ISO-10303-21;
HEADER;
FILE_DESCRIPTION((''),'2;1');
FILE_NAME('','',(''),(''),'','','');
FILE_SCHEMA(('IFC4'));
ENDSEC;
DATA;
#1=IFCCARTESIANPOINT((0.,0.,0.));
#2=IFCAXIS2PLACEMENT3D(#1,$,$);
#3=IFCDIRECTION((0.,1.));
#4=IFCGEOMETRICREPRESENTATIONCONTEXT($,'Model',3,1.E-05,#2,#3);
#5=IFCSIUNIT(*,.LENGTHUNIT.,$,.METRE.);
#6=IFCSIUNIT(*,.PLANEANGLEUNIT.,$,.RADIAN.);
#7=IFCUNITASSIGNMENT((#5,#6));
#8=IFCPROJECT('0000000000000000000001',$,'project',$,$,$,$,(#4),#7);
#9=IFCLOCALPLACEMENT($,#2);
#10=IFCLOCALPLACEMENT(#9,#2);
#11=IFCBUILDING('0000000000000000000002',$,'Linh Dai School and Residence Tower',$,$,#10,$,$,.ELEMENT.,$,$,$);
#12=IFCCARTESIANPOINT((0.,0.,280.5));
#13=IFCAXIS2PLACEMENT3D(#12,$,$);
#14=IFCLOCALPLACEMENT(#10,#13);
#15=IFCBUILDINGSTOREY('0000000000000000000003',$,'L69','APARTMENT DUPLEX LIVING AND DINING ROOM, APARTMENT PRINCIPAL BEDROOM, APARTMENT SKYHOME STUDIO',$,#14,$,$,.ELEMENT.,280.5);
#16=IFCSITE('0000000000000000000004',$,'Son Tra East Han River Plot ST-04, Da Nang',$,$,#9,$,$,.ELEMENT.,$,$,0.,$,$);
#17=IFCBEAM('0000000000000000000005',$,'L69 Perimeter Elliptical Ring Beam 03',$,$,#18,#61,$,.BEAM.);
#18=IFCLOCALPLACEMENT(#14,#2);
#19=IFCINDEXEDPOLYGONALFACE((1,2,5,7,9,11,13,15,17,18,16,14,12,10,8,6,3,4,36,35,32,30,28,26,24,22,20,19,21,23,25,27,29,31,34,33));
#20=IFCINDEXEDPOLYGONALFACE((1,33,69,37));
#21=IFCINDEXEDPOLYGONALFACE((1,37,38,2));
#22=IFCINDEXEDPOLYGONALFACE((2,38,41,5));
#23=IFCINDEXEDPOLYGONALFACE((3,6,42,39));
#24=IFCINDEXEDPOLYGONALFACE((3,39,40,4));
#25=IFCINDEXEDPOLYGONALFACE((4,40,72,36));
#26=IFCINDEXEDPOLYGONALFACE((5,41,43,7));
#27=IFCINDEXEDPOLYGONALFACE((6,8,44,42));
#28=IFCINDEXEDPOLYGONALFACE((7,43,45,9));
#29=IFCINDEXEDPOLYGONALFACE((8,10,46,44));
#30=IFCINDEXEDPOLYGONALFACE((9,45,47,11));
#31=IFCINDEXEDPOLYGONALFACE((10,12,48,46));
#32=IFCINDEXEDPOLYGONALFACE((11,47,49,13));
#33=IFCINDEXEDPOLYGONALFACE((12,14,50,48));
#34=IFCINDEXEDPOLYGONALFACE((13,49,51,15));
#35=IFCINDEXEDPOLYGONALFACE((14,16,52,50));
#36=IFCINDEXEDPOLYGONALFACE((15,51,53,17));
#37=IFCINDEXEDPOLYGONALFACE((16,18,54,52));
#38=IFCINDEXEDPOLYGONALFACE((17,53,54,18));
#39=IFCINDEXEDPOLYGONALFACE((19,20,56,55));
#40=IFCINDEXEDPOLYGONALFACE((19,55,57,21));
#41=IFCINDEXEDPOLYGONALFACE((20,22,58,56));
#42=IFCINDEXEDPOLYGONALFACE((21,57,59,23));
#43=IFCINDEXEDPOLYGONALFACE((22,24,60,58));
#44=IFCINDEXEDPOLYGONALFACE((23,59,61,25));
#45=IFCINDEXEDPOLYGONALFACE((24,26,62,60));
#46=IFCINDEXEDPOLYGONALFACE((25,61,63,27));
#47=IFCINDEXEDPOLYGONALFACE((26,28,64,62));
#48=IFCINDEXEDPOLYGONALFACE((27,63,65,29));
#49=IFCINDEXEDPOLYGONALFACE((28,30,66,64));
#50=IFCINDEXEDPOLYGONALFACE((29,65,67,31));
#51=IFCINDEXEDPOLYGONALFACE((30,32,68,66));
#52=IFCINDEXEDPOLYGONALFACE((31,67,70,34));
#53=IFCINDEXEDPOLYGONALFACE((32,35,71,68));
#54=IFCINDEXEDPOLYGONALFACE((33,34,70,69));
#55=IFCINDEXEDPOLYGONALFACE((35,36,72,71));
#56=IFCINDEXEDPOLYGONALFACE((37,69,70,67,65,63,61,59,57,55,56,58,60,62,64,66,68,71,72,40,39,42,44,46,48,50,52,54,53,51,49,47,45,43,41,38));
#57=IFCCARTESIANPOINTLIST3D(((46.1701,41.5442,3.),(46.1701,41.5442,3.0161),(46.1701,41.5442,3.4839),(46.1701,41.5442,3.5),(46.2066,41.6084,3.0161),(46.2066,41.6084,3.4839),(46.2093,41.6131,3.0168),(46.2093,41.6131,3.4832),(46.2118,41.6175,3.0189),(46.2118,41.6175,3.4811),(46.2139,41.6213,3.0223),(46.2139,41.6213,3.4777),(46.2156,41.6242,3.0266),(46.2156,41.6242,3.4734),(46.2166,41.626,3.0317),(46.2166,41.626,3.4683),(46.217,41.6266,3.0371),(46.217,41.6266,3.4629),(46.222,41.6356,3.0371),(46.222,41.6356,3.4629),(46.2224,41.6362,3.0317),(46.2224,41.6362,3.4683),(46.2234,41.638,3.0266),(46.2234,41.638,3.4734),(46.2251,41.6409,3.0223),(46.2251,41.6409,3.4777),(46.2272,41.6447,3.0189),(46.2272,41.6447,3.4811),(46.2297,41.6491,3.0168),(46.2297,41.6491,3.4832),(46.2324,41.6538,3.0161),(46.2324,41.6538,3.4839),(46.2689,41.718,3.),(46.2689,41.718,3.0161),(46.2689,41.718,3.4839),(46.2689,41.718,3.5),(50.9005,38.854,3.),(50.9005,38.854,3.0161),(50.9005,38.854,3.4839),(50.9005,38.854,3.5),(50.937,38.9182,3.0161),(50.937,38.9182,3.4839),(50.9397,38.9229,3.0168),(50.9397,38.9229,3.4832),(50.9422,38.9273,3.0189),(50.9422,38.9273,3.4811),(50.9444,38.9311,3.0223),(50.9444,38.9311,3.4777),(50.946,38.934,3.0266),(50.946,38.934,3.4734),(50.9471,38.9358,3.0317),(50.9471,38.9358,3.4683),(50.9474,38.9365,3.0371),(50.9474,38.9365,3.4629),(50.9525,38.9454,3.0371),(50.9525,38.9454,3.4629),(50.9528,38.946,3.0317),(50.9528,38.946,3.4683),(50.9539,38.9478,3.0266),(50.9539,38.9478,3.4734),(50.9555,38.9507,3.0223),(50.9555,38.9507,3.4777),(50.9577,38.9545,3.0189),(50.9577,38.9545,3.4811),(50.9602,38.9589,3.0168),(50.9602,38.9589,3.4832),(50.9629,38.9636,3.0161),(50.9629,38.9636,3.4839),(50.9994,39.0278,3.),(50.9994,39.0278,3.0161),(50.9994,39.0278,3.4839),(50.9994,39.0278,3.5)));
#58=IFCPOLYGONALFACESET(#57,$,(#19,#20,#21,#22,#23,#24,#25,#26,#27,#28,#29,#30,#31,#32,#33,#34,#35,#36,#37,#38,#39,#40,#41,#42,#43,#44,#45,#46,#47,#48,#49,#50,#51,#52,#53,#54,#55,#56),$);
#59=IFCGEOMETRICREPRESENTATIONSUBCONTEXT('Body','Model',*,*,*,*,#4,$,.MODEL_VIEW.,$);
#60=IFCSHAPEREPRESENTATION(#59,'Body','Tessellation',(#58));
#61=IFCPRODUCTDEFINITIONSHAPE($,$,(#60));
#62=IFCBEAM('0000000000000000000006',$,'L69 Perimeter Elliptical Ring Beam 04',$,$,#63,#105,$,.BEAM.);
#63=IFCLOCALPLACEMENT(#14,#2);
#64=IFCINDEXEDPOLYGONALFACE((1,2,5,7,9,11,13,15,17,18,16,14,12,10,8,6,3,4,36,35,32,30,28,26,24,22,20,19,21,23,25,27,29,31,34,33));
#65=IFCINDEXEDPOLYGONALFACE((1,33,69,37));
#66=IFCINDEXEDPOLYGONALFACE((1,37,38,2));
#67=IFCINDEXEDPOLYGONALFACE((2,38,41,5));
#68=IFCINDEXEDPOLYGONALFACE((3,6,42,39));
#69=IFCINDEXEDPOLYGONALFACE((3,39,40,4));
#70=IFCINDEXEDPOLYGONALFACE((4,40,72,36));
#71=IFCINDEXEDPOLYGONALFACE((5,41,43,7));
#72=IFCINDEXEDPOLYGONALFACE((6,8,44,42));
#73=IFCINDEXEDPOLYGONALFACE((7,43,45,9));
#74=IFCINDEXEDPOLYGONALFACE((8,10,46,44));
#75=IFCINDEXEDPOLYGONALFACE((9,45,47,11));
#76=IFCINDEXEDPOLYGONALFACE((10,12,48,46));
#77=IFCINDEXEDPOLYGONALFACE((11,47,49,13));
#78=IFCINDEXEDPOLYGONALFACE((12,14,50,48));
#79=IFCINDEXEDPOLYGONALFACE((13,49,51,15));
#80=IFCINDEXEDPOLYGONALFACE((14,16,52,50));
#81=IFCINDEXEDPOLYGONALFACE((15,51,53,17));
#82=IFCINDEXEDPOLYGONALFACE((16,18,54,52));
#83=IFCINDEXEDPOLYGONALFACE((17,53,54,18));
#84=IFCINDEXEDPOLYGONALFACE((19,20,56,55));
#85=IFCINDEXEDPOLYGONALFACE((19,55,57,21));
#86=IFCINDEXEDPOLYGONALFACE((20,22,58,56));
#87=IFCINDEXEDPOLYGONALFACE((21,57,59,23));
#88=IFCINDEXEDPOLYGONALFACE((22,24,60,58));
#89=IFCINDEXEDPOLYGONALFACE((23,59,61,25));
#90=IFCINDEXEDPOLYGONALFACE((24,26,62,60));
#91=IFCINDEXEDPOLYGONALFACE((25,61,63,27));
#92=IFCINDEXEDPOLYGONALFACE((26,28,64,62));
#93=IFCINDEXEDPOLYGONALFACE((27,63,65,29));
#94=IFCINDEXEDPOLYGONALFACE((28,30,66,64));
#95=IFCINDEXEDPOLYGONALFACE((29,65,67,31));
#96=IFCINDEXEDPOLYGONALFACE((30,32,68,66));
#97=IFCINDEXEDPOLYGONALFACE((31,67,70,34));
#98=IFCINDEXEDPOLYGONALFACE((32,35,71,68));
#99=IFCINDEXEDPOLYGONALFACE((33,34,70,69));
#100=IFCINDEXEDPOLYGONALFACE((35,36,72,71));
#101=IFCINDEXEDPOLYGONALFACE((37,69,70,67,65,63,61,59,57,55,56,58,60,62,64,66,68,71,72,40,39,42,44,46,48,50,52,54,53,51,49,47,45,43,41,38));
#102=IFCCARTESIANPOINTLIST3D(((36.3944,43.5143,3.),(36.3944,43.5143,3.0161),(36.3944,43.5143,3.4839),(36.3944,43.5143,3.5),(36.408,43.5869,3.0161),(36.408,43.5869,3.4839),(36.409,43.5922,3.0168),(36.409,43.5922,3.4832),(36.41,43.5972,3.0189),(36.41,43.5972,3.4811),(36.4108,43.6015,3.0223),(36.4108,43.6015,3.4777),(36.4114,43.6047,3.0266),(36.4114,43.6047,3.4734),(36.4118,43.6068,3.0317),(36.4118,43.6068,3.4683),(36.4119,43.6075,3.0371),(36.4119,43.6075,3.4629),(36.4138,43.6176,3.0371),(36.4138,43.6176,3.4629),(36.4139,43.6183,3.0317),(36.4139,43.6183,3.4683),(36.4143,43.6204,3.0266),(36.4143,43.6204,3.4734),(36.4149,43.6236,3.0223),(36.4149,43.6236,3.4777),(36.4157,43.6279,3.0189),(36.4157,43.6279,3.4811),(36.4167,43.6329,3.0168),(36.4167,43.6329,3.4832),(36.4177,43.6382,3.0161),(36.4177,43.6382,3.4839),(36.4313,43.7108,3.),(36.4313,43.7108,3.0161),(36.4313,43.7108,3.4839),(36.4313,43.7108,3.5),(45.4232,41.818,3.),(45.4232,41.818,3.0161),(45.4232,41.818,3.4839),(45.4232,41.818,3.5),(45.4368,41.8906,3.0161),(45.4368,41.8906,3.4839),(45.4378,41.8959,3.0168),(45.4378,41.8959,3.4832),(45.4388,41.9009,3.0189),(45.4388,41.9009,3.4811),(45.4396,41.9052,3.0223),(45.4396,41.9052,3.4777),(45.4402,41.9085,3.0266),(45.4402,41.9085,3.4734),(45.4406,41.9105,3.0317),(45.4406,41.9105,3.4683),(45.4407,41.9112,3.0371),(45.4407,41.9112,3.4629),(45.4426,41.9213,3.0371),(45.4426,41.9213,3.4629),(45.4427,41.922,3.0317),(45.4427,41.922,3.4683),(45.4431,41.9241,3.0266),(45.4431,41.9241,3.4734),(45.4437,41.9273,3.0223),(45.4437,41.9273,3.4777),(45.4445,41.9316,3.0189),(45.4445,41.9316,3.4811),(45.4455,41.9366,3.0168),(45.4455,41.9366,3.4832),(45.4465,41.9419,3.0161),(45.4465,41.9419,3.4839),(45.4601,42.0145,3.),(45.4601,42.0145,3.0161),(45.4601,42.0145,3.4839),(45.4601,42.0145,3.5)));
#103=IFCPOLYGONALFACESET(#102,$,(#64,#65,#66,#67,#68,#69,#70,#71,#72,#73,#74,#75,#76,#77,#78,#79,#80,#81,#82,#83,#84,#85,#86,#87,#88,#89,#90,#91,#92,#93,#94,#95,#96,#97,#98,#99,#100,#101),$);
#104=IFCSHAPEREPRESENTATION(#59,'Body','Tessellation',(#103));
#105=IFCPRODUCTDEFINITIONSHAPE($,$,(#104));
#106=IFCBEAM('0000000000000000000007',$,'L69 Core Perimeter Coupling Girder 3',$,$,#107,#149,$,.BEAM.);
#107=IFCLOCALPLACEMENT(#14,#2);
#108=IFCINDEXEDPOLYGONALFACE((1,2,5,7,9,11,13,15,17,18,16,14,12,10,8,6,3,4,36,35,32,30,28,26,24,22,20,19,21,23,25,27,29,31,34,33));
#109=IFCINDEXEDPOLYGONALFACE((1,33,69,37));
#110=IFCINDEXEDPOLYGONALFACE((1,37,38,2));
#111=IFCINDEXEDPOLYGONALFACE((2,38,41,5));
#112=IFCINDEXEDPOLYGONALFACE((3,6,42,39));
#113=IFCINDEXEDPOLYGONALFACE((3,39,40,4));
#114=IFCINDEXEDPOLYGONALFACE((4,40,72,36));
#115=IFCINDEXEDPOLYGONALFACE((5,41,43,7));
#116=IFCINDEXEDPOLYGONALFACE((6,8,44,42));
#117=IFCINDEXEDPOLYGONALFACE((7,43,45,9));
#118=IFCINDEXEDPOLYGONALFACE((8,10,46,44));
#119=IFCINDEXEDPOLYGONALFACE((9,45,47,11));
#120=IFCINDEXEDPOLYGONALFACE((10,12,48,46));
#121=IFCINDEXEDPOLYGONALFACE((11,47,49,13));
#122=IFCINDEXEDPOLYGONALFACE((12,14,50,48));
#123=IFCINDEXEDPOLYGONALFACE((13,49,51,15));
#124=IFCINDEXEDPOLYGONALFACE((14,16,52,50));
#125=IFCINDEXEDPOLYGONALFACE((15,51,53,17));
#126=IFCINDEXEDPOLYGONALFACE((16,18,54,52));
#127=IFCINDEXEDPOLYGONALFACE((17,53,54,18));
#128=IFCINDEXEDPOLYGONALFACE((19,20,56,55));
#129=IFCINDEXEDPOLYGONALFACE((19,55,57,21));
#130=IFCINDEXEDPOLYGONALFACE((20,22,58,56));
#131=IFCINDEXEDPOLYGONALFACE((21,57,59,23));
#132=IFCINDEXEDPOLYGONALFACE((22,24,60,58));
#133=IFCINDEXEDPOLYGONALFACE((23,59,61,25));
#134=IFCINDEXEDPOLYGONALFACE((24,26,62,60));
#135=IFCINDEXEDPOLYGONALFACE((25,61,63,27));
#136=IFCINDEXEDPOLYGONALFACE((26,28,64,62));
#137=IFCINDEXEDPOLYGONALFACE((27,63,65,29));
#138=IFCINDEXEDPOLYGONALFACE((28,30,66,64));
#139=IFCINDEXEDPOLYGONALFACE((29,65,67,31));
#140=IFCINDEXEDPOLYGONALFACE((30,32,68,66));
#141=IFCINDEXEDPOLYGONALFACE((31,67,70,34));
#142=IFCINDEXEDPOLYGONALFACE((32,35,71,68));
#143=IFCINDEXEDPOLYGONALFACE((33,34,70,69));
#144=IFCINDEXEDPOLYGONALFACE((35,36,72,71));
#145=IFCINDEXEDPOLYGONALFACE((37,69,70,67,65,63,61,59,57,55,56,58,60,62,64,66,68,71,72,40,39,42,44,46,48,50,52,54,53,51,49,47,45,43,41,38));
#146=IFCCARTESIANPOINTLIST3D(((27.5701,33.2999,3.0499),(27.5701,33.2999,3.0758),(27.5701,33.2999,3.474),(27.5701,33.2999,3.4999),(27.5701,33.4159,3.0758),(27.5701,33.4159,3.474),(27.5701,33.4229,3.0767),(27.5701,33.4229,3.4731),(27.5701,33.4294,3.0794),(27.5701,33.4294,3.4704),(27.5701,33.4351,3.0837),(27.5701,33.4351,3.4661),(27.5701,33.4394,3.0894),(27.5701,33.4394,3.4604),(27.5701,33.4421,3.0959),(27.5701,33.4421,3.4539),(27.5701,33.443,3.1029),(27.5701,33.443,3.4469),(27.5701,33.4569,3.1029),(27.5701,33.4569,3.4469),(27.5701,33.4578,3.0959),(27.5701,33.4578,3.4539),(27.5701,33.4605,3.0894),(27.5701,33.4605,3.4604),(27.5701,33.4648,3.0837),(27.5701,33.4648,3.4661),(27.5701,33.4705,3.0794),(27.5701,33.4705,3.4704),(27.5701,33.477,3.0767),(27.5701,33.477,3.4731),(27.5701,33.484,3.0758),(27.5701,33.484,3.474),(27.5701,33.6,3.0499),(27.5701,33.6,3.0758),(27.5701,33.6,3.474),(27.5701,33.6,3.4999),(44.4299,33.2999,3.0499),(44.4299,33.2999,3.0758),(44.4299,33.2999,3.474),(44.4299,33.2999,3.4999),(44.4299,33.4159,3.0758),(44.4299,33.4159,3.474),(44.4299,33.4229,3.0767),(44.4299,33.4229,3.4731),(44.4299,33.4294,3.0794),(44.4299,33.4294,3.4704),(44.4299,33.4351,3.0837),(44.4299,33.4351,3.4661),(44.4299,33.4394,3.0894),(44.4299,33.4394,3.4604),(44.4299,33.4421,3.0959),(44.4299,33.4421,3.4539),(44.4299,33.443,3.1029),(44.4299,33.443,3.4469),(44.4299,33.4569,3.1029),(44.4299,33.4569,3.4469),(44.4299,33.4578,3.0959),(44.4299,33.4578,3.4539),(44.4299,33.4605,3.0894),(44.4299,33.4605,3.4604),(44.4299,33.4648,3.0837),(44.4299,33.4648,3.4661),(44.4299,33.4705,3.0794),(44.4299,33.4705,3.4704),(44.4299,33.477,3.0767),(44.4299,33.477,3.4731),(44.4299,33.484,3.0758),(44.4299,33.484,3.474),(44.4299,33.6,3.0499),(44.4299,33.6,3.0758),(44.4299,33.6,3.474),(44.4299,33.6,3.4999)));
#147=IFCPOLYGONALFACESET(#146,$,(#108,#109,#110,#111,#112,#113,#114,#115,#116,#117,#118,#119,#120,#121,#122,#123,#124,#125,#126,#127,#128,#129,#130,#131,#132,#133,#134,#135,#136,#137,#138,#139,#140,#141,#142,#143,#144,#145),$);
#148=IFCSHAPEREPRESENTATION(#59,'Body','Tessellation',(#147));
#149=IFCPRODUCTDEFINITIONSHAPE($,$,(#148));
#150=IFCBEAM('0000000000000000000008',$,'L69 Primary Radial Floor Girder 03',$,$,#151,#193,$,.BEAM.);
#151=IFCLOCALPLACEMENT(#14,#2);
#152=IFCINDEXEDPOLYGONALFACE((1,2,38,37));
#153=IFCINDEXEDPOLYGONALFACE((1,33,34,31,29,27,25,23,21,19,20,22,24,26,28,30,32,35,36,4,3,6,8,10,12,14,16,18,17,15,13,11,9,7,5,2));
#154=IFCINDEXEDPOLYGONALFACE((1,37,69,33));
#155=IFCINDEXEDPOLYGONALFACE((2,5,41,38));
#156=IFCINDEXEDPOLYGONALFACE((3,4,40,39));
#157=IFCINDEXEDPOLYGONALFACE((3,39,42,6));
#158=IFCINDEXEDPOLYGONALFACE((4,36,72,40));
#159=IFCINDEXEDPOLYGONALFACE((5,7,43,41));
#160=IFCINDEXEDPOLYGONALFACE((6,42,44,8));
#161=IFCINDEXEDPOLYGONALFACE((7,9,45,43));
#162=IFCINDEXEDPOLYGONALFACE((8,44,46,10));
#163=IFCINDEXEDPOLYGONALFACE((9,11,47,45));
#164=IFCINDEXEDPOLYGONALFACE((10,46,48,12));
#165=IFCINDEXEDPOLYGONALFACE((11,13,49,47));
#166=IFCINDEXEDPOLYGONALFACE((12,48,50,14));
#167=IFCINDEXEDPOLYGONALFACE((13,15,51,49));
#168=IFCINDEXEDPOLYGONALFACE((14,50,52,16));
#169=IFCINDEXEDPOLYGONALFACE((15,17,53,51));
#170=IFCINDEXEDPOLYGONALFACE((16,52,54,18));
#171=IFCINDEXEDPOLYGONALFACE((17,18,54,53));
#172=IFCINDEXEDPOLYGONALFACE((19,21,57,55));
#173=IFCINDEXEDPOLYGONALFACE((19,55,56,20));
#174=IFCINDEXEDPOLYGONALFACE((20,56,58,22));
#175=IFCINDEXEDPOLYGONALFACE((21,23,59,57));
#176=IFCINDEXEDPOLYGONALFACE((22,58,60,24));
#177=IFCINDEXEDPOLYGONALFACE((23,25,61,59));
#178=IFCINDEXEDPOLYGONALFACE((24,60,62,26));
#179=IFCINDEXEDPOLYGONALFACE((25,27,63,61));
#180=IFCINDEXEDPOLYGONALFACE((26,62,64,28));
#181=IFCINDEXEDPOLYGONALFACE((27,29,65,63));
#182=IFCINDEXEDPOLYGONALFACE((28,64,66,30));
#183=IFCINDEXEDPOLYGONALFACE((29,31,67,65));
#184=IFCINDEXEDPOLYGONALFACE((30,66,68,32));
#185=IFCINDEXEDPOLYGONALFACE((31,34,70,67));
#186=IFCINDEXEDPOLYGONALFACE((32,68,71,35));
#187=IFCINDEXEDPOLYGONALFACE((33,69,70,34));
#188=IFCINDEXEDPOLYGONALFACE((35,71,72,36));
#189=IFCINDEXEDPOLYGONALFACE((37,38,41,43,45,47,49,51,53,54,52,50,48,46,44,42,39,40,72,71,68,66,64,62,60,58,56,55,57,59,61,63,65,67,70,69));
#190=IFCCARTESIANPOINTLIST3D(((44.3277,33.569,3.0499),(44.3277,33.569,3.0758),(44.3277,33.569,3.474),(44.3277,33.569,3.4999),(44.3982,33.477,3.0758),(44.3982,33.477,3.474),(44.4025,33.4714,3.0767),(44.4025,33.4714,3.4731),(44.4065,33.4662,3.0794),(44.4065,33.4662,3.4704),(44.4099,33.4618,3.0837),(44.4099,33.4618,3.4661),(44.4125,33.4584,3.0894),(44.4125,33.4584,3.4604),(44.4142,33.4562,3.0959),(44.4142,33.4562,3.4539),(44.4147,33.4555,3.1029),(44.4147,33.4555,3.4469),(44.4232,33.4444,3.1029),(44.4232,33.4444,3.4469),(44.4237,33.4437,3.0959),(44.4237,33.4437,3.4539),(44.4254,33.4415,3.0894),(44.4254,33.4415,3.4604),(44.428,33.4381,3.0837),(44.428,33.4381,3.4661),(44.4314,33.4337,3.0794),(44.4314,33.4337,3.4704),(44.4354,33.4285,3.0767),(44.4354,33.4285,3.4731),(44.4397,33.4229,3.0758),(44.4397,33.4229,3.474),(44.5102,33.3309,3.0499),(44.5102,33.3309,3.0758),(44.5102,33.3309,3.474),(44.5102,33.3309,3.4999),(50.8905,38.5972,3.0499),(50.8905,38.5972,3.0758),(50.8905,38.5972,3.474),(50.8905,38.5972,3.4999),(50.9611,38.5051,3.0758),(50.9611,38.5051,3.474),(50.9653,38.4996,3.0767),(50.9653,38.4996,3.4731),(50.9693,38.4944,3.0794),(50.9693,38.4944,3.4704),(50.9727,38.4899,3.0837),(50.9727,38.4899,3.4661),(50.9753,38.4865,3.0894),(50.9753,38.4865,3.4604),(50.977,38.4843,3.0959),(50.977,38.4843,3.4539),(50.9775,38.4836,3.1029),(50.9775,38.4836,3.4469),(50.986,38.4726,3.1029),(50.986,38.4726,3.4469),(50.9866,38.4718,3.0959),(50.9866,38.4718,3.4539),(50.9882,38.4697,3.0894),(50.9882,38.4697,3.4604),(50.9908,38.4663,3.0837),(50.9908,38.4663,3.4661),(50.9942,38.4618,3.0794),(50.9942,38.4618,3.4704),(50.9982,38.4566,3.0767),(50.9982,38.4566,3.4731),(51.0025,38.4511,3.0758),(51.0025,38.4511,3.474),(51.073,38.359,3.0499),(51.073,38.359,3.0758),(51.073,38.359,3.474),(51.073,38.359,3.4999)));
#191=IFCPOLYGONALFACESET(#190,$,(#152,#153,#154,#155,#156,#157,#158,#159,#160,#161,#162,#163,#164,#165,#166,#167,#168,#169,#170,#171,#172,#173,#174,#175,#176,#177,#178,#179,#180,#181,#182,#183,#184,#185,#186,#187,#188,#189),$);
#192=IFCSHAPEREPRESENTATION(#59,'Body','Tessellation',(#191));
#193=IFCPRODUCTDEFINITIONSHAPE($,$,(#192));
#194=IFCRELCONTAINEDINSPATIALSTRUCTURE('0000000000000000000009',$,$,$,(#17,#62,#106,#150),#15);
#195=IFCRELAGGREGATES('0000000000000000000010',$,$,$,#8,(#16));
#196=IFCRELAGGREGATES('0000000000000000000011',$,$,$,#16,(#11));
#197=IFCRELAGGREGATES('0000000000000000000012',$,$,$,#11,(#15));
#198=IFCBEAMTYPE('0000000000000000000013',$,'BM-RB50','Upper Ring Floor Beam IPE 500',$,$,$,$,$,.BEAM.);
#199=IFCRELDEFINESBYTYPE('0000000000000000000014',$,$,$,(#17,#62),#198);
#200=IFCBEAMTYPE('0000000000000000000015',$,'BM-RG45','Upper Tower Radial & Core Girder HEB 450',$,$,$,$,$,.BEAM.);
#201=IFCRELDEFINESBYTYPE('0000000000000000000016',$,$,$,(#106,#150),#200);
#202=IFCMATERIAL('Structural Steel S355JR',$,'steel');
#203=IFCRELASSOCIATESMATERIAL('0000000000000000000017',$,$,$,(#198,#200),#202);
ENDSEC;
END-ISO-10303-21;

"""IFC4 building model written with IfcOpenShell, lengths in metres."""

from ifc_helpers import new_model, si_unit, direction, frame, origin, origin_2d, place, context, subcontext, project, spatial, i_section, extrude, material, material_profile, profile_set, type_object, element, save


model = new_model("IFC4")

# Units and contexts
model_context = context("Model", 3, precision=1e-05, world=origin(), true_north=direction((0.0, 1.0)))
body_context = subcontext(model_context, "Body", "Model", "MODEL_VIEW")
ifc_project = project(units=[si_unit("LENGTHUNIT", "METRE"), si_unit("PLANEANGLEUNIT", "RADIAN")], contexts=[model_context])

# Site, building, storey
site_placement = place(None, origin())
site = spatial("IfcSite", under=ifc_project, at=site_placement, Name="Son Tra East Han River Plot ST-04, Da Nang", CompositionType="ELEMENT", RefElevation=0.0)
building_placement = place(site_placement, origin())
building = spatial("IfcBuilding", under=site, at=building_placement, Name="Linh Dai School and Residence Tower", CompositionType="ELEMENT")
storey_placement = place(building_placement, frame((0.0, 0.0, 280.5)))
storey = spatial("IfcBuildingStorey", under=building, at=storey_placement, Name="L69", Description="APARTMENT DUPLEX LIVING AND DINING ROOM, APARTMENT PRINCIPAL BEDROOM, APARTMENT SKYHOME STUDIO", CompositionType="ELEMENT", Elevation=280.5)

# Shared definitions
ifc_material_1 = material(Name="Structural Steel S355JR", Category="steel")

# Beams
ifc_material_profile_1 = material_profile(ifc_material_1, i_section(OverallWidth=0.2, OverallDepth=0.5, WebThickness=0.0103, FlangeThickness=0.0161, FilletRadius=0.021, at=origin_2d()), Name="IPE 500")
ifc_profile_set_1 = profile_set([ifc_material_profile_1], Name="Structural Steel S355JR")
beam_type_1 = type_object("IfcBeamType", Name="BM-RB50", Description="Upper Ring Floor Beam IPE 500", PredefinedType="BEAM", material=ifc_profile_set_1)
beam_1_placement = place(storey_placement, frame((50.95, 38.9409, 3.25), z_axis=(-0.869266, 0.494345, 0.0), x_axis=(-0.494345, -0.869266, 0.0)))
element("IfcBeam", 1, at=beam_1_placement, inside=storey, type_object=beam_type_1, Name="L69 Perimeter Elliptical Ring Beam 03", PredefinedType="BEAM", context=body_context, shape_type="SweptSolid", body=[
    extrude(i_section(OverallWidth=0.2, OverallDepth=0.5, WebThickness=0.0103, FlangeThickness=0.0161, FilletRadius=0.021, at=origin_2d()), origin(), (0.0, 0.0, 1.0), 5.4419),
])
beam_2_placement = place(storey_placement, frame((45.4417, 41.9163, 3.25), z_axis=(-0.982805, 0.184645, 0.0), x_axis=(-0.184645, -0.982805, 0.0)))
element("IfcBeam", 2, at=beam_2_placement, inside=storey, type_object=beam_type_1, Name="L69 Perimeter Elliptical Ring Beam 04", PredefinedType="BEAM", context=body_context, shape_type="SweptSolid", body=[
    extrude(i_section(OverallWidth=0.2, OverallDepth=0.5, WebThickness=0.0103, FlangeThickness=0.0161, FilletRadius=0.021, at=origin_2d()), origin(), (0.0, 0.0, 1.0), 9.1868),
])
ifc_material_profile_2 = material_profile(ifc_material_1, i_section(OverallWidth=0.3, OverallDepth=0.45, WebThickness=0.0139, FlangeThickness=0.0259, FilletRadius=0.0271, at=origin_2d()), Name="HEB 450")
ifc_profile_set_2 = profile_set([ifc_material_profile_2], Name="Structural Steel S355JR")
beam_type_2 = type_object("IfcBeamType", Name="BM-RG45", Description="Upper Tower Radial & Core Girder HEB 450", PredefinedType="BEAM", material=ifc_profile_set_2)
beam_3_placement = place(storey_placement, frame((44.4299, 33.45, 3.2749), z_axis=(-1.0, 0.0, 0.0), x_axis=(0.0, -1.0, 0.0)))
element("IfcBeam", 3, at=beam_3_placement, inside=storey, type_object=beam_type_2, Name="L69 Core Perimeter Coupling Girder 3", PredefinedType="BEAM", context=body_context, shape_type="SweptSolid", body=[
    extrude(i_section(OverallWidth=0.3, OverallDepth=0.45, WebThickness=0.0139, FlangeThickness=0.0259, FilletRadius=0.0271, at=origin_2d()), origin(), (0.0, 0.0, 1.0), 16.8599),
])
beam_4_placement = place(storey_placement, frame((44.4189, 33.45, 3.2749), z_axis=(0.793803, 0.608175, 0.0), x_axis=(-0.608175, 0.793803, 0.0)))
element("IfcBeam", 4, at=beam_4_placement, inside=storey, type_object=beam_type_2, Name="L69 Primary Radial Floor Girder 03", PredefinedType="BEAM", context=body_context, shape_type="SweptSolid", body=[
    extrude(i_section(OverallWidth=0.3, OverallDepth=0.45, WebThickness=0.0139, FlangeThickness=0.0259, FilletRadius=0.0271, at=origin_2d()), origin(), (0.0, 0.0, 1.0), 8.2676),
])

save(model, "model.ifc")
